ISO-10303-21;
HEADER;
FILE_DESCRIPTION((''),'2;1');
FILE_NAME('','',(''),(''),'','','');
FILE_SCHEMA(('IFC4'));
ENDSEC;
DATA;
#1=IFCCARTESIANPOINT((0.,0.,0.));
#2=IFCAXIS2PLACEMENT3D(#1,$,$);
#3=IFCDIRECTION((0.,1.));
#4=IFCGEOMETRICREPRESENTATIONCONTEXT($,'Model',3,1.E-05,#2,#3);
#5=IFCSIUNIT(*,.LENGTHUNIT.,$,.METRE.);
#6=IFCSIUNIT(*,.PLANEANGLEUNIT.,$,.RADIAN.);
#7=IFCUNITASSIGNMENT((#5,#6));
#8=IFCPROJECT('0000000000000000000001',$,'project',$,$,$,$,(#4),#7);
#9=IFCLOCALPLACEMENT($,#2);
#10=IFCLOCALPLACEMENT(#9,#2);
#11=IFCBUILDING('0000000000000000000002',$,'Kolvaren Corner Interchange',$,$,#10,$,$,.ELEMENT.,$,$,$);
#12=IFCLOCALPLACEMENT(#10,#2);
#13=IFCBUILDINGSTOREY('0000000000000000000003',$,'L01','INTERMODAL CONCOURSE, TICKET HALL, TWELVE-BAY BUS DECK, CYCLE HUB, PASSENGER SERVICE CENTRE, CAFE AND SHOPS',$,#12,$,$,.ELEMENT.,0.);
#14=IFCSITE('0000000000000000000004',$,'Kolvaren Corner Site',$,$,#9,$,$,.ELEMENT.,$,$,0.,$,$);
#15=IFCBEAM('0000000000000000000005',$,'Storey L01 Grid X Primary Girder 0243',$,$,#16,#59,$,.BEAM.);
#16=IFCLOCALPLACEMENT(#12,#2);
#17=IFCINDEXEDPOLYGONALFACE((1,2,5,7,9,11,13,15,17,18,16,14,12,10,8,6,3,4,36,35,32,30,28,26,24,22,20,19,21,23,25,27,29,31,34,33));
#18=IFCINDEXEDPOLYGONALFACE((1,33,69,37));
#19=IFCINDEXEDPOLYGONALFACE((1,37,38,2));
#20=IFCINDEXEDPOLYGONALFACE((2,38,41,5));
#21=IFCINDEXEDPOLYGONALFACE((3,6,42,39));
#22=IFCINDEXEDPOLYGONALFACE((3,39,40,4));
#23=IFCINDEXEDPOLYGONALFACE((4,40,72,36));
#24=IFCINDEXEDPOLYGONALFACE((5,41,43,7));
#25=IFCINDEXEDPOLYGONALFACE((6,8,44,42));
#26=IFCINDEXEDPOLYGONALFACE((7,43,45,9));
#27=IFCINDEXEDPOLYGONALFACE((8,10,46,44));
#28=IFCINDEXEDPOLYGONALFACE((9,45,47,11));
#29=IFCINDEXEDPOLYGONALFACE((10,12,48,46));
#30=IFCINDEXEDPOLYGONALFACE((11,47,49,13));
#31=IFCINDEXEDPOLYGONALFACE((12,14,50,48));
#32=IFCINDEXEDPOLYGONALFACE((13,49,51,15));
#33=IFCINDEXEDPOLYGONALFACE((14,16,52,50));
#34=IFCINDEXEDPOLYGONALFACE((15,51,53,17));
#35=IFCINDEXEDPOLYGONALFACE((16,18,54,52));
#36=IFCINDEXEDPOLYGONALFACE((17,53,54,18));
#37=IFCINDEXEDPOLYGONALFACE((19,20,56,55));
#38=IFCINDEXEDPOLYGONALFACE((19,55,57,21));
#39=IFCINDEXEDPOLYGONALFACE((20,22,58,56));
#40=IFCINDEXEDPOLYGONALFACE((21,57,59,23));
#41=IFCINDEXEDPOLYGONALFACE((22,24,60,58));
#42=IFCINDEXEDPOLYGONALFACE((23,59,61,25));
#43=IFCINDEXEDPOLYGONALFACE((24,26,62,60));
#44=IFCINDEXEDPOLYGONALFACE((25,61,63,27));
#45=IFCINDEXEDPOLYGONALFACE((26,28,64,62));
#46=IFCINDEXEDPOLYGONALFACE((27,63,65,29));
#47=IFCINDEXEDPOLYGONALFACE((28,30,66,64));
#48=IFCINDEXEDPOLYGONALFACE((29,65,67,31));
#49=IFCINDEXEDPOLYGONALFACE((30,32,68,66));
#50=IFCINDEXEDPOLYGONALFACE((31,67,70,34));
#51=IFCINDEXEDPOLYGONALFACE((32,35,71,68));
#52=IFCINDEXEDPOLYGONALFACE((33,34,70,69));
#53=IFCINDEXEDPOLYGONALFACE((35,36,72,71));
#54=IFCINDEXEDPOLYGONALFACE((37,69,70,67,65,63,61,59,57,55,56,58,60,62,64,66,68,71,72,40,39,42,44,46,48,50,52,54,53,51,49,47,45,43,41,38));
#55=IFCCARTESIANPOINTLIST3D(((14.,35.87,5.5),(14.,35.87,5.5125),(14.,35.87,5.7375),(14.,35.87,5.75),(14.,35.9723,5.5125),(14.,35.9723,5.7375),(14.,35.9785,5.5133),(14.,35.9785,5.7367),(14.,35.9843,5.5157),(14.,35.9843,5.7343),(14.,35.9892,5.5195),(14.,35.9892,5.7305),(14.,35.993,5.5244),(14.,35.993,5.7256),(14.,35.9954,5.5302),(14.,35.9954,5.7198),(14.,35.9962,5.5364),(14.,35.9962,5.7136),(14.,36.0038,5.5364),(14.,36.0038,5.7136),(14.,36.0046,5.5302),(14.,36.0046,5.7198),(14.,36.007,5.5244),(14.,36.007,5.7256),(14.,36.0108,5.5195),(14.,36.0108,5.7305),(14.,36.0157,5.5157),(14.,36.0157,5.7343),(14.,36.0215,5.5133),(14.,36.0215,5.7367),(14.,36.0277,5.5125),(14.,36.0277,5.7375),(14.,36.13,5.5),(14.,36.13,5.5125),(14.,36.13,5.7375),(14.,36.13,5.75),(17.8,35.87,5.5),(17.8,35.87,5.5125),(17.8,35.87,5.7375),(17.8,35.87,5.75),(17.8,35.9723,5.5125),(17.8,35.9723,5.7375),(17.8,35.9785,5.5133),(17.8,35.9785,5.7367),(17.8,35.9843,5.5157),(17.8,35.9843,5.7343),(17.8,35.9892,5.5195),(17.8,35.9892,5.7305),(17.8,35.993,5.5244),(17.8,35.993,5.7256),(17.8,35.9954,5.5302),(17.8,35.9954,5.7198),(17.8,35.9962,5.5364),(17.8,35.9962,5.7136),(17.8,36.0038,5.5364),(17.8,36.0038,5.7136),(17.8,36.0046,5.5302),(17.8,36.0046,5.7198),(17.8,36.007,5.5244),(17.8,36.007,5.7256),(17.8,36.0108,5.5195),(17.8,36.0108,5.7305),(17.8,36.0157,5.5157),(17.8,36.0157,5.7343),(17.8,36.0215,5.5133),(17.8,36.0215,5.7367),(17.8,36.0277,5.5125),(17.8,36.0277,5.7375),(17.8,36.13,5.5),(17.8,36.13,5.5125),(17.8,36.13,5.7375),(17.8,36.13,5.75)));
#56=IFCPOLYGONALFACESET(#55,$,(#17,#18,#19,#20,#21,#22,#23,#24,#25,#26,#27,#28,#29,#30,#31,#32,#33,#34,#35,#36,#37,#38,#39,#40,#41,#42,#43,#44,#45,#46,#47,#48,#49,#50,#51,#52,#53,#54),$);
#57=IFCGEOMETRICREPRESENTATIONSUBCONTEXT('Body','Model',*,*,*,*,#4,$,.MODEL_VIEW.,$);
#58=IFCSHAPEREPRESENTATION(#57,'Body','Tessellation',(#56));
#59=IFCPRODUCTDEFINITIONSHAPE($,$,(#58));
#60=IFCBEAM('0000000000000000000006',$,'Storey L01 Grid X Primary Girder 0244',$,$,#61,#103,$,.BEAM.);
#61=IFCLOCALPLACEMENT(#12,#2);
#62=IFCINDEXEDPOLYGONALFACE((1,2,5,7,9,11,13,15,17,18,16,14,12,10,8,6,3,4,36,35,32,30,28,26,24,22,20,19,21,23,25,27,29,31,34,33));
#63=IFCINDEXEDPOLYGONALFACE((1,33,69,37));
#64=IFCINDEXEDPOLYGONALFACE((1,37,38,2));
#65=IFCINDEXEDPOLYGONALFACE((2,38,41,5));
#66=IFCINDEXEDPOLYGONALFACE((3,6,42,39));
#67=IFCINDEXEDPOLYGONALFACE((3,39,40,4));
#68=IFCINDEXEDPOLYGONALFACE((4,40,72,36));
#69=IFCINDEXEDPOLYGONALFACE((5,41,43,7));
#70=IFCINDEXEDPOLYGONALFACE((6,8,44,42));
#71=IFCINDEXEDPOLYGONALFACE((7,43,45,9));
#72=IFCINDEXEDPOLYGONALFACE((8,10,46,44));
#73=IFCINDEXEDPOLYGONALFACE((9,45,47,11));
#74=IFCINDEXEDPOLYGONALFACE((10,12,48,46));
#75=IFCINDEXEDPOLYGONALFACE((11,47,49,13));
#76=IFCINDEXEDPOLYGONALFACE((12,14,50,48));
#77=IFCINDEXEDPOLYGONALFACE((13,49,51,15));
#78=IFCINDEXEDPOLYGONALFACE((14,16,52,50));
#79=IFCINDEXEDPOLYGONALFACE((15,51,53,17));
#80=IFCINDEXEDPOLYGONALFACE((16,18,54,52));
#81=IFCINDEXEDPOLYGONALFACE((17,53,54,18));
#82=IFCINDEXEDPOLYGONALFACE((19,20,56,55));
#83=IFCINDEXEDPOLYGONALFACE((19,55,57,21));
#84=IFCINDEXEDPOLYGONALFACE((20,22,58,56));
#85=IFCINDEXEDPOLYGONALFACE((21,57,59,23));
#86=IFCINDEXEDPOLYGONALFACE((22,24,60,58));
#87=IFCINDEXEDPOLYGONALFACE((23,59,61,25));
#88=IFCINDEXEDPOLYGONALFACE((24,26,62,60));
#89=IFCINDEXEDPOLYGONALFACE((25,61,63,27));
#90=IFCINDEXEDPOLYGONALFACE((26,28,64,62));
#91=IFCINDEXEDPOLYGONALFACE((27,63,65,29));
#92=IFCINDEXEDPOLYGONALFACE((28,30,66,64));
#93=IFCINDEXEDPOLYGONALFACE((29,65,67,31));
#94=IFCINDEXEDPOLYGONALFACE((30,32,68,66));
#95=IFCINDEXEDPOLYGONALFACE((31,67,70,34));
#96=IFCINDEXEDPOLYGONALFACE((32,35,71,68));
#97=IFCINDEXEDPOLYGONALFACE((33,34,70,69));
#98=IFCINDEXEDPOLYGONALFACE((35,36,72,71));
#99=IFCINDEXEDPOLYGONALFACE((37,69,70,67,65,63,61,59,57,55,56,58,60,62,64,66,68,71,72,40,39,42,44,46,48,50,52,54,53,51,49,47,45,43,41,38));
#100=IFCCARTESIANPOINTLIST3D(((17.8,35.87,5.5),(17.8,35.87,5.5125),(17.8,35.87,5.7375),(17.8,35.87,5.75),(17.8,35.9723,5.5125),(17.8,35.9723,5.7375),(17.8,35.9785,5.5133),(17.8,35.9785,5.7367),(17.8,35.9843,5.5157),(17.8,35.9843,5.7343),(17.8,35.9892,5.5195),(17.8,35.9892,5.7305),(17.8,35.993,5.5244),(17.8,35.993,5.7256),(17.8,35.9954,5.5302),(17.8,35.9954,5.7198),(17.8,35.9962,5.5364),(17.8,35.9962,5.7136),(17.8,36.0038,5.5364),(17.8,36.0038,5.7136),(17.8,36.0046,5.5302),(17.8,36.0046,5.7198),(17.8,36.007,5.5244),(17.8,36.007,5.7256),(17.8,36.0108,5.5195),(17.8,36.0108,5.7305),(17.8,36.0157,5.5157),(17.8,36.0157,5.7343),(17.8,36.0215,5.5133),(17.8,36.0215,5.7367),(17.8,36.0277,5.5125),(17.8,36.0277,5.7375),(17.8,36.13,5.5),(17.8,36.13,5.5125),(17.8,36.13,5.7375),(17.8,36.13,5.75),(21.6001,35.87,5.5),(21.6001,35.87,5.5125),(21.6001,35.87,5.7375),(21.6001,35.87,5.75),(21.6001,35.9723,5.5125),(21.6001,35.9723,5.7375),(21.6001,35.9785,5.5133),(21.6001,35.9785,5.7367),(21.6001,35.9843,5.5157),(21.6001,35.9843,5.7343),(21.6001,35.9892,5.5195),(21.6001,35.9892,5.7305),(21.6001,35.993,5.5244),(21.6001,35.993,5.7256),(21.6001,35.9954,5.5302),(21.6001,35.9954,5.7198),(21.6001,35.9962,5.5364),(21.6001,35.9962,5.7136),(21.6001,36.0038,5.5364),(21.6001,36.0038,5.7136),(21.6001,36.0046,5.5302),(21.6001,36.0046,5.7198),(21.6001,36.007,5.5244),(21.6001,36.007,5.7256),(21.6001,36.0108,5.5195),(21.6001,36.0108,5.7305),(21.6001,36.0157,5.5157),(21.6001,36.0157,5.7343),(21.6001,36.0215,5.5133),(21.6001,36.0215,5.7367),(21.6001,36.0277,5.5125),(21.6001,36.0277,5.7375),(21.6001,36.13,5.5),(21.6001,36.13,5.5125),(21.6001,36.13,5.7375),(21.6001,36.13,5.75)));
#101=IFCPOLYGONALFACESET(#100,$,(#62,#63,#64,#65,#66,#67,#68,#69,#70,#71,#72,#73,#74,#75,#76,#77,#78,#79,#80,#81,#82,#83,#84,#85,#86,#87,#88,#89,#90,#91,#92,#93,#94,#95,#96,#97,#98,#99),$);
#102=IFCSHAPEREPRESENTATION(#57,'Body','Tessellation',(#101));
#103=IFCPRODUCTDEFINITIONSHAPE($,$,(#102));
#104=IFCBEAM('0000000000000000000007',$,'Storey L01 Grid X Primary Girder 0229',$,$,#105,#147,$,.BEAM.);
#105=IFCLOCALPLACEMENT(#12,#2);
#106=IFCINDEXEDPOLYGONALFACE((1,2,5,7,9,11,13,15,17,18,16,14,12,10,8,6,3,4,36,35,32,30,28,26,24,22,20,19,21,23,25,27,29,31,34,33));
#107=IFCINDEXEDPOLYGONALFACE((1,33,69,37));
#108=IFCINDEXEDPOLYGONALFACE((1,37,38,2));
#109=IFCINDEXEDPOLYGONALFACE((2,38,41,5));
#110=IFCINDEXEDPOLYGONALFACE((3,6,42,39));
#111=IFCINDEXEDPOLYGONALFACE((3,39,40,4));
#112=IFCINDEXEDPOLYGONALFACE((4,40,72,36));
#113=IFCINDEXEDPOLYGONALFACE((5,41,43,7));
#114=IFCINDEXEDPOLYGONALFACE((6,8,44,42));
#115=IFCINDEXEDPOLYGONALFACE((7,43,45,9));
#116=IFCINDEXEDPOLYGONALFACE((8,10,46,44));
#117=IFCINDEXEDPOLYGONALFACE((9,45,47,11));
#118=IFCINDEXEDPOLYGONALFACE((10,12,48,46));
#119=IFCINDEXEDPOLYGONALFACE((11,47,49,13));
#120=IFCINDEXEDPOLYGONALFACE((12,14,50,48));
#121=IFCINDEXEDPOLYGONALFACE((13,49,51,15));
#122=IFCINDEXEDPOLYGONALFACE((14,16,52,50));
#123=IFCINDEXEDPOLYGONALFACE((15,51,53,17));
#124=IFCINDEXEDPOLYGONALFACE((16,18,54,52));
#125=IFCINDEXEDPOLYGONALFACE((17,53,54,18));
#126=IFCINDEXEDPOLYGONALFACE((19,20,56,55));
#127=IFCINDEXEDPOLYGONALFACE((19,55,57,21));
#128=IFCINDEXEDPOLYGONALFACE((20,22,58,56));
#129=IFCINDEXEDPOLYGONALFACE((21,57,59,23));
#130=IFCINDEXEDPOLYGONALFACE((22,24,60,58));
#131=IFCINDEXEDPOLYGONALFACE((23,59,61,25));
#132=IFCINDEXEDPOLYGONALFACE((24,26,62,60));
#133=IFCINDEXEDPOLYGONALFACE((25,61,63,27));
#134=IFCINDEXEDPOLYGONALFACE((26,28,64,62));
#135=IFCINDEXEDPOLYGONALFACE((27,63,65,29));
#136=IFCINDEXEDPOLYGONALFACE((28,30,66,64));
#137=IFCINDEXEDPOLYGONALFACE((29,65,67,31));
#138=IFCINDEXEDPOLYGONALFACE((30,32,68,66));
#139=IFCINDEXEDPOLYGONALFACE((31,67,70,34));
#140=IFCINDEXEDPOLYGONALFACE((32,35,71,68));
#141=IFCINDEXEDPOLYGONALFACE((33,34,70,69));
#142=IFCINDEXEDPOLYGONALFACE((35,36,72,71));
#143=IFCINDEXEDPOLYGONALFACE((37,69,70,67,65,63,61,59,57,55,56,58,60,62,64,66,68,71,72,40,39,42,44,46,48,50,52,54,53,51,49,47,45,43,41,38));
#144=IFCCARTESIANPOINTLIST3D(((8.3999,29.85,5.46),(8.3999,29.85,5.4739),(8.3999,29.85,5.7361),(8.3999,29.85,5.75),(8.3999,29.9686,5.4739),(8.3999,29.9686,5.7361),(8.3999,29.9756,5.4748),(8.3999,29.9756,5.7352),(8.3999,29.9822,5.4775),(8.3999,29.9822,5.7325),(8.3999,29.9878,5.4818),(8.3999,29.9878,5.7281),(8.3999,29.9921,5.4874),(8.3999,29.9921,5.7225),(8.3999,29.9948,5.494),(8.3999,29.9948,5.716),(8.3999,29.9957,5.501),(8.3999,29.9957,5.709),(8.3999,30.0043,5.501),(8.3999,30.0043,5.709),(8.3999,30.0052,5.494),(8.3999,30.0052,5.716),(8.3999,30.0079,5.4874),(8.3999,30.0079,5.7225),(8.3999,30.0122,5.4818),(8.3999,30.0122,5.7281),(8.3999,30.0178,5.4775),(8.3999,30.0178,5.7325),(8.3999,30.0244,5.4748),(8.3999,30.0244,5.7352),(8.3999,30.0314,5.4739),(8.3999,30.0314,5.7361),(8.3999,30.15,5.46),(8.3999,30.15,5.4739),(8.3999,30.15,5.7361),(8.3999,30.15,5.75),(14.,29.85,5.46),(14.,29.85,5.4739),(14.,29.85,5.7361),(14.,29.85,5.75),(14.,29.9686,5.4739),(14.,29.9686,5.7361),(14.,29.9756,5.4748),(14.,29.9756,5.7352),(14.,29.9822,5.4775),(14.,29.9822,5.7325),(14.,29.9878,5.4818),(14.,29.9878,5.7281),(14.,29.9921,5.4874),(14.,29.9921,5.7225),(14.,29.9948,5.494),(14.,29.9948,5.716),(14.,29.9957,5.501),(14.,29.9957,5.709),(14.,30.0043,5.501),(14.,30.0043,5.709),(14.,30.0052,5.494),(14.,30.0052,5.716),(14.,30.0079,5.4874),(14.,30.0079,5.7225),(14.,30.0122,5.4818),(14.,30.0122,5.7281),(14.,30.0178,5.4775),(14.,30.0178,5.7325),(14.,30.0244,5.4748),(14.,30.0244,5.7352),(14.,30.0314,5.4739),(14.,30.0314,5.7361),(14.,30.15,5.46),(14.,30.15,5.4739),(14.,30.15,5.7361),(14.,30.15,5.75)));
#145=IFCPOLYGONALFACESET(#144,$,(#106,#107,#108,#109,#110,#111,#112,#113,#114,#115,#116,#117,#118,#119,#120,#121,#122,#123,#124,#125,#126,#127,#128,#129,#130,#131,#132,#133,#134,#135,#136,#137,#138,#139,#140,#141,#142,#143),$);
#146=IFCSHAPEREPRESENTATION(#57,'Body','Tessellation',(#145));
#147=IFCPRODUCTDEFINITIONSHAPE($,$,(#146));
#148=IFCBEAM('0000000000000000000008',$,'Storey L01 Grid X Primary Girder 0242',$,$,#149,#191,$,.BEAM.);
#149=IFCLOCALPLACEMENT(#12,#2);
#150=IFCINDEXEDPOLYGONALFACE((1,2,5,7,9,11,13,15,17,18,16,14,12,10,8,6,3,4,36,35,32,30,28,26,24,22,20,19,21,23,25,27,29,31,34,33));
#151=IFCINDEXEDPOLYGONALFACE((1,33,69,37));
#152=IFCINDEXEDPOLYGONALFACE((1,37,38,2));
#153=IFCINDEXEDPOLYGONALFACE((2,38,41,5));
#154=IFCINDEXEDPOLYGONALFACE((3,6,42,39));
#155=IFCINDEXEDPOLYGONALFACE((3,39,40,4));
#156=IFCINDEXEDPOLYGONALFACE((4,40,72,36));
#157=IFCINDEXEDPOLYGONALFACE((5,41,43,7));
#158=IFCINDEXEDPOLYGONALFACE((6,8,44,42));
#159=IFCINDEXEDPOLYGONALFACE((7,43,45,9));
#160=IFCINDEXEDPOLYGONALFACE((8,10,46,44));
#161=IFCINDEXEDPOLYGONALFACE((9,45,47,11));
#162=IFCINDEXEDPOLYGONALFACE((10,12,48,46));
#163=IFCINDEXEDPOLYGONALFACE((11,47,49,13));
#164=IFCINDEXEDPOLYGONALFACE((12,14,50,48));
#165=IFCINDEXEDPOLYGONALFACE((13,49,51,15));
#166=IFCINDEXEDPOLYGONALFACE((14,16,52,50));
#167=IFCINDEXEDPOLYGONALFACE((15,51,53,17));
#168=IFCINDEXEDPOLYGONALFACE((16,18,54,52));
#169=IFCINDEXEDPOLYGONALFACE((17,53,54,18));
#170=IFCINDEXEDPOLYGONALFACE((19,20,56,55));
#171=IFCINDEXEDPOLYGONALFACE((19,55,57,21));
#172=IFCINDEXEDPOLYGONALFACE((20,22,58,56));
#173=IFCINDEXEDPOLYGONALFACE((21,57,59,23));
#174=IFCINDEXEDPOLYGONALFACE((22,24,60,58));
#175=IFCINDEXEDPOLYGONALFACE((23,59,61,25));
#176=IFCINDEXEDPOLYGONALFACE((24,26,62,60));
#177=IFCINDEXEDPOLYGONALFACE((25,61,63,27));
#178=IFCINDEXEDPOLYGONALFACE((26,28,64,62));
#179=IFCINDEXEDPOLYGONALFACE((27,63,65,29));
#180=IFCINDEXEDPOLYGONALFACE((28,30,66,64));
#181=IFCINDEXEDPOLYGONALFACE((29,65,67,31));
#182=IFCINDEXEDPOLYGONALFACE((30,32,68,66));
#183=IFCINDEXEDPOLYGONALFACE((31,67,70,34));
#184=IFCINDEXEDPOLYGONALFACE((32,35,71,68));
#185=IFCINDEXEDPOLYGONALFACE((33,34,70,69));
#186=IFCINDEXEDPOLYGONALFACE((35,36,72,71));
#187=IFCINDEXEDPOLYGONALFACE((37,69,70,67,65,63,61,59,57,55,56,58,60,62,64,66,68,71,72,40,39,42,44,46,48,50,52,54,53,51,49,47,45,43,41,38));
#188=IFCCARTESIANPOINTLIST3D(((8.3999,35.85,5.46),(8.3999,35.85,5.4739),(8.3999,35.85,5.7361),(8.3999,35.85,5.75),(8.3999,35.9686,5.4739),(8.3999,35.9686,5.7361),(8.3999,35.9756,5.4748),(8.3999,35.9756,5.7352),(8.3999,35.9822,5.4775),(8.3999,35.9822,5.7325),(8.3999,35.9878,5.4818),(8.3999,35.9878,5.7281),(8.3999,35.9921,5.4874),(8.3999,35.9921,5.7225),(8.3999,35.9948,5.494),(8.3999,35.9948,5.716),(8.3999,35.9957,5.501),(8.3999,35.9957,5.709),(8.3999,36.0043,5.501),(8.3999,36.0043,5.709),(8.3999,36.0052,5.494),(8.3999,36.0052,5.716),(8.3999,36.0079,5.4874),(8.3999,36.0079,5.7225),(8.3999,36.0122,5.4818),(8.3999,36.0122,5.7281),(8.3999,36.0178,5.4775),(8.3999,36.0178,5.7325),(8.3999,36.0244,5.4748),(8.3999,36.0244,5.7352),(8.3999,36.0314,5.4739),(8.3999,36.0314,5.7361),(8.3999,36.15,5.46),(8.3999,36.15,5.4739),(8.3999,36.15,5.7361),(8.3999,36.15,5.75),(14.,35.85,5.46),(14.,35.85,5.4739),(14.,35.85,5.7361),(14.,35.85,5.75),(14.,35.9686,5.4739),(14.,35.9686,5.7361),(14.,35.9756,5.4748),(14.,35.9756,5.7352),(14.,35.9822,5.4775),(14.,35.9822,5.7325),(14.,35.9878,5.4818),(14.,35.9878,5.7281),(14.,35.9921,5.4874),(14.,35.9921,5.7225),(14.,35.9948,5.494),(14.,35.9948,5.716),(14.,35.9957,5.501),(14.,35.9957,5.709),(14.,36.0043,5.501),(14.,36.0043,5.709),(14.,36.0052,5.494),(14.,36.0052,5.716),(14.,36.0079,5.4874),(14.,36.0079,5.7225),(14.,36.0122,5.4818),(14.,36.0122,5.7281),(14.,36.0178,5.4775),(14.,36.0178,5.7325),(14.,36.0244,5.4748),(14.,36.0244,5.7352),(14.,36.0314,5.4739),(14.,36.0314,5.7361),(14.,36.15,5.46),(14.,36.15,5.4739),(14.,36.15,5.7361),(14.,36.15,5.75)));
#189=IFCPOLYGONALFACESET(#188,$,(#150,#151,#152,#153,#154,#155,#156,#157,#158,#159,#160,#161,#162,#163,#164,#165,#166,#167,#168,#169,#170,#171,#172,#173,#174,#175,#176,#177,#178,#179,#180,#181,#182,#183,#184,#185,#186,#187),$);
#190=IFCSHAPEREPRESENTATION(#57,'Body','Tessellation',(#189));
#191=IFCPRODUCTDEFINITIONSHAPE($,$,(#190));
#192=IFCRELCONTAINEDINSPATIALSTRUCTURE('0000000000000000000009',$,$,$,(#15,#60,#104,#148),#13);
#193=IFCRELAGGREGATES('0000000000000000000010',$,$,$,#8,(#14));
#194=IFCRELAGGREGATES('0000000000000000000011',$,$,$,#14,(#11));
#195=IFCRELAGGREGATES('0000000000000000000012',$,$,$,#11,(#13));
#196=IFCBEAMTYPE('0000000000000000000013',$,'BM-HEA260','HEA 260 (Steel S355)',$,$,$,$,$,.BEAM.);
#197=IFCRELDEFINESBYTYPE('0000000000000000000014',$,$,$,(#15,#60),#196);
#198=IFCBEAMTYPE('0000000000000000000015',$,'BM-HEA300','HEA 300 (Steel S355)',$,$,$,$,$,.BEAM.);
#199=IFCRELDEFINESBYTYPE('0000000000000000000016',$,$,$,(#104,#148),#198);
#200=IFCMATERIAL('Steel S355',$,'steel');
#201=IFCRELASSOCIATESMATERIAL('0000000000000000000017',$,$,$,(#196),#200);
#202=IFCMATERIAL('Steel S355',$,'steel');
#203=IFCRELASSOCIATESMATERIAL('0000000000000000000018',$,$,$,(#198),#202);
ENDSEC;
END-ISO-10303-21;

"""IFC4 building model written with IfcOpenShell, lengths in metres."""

from ifc_helpers import new_model, si_unit, direction, frame, origin, origin_2d, place, context, subcontext, project, spatial, i_section, extrude, material, material_profile, profile_set, type_object, element, save


model = new_model("IFC4")

# Units and contexts
model_context = context("Model", 3, precision=1e-05, world=origin(), true_north=direction((0.0, 1.0)))
body_context = subcontext(model_context, "Body", "Model", "MODEL_VIEW")
ifc_project = project(units=[si_unit("LENGTHUNIT", "METRE"), si_unit("PLANEANGLEUNIT", "RADIAN")], contexts=[model_context])

# Site, building, storey
site_placement = place(None, origin())
site = spatial("IfcSite", under=ifc_project, at=site_placement, Name="Kolvaren Corner Site", CompositionType="ELEMENT", RefElevation=0.0)
building_placement = place(site_placement, origin())
building = spatial("IfcBuilding", under=site, at=building_placement, Name="Kolvaren Corner Interchange", CompositionType="ELEMENT")
storey_placement = place(building_placement, origin())
storey = spatial("IfcBuildingStorey", under=building, at=storey_placement, Name="L01", Description="INTERMODAL CONCOURSE, TICKET HALL, TWELVE-BAY BUS DECK, CYCLE HUB, PASSENGER SERVICE CENTRE, CAFE AND SHOPS", CompositionType="ELEMENT", Elevation=0.0)

# Beams
ifc_material_1 = material(Name="Steel S355", Category="steel")
ifc_material_profile_1 = material_profile(ifc_material_1, i_section(OverallWidth=0.26, OverallDepth=0.25, WebThickness=0.0076, FlangeThickness=0.0125, FilletRadius=0.0239, at=origin_2d()), Name="HEA 260")
ifc_profile_set_1 = profile_set([ifc_material_profile_1], Name="Steel S355")
beam_type_1 = type_object("IfcBeamType", Name="BM-HEA260", Description="HEA 260 (Steel S355)", PredefinedType="BEAM", material=ifc_profile_set_1)
for number, where, z_axis, x_axis, name in (
    (1, (14.0, 36.0, 5.625), (1.0, 0.0, 0.0), (0.0, 1.0, 0.0), "Storey L01 Grid X Primary Girder 0243"),
    (2, (17.8, 36.0, 5.625), (1.0, 0.0, 0.0), (0.0, 1.0, 0.0), "Storey L01 Grid X Primary Girder 0244"),
):
    element("IfcBeam", number, at=place(storey_placement, frame(where, z_axis=z_axis, x_axis=x_axis)), inside=storey, type_object=beam_type_1, Name=name, PredefinedType="BEAM", context=body_context, shape_type="SweptSolid", body=[
        extrude(i_section(OverallWidth=0.26, OverallDepth=0.25, WebThickness=0.0076, FlangeThickness=0.0125, FilletRadius=0.0239, at=origin_2d()), origin(), (0.0, 0.0, 1.0), 3.8),
    ])
ifc_material_2 = material(Name="Steel S355", Category="steel")
ifc_material_profile_2 = material_profile(ifc_material_2, i_section(OverallWidth=0.3, OverallDepth=0.29, WebThickness=0.0085, FlangeThickness=0.0139, FilletRadius=0.0271, at=origin_2d()), Name="HEA 300")
ifc_profile_set_2 = profile_set([ifc_material_profile_2], Name="Steel S355")
beam_type_2 = type_object("IfcBeamType", Name="BM-HEA300", Description="HEA 300 (Steel S355)", PredefinedType="BEAM", material=ifc_profile_set_2)
for number, where, z_axis, x_axis, name in (
    (3, (8.3999, 30.0, 5.605), (1.0, 0.0, 0.0), (0.0, 1.0, 0.0), "Storey L01 Grid X Primary Girder 0229"),
    (4, (8.3999, 36.0, 5.605), (1.0, 0.0, 0.0), (0.0, 1.0, 0.0), "Storey L01 Grid X Primary Girder 0242"),
):
    element("IfcBeam", number, at=place(storey_placement, frame(where, z_axis=z_axis, x_axis=x_axis)), inside=storey, type_object=beam_type_2, Name=name, PredefinedType="BEAM", context=body_context, shape_type="SweptSolid", body=[
        extrude(i_section(OverallWidth=0.3, OverallDepth=0.29, WebThickness=0.0085, FlangeThickness=0.0139, FilletRadius=0.0271, at=origin_2d()), origin(), (0.0, 0.0, 1.0), 5.6001),
    ])

save(model, "model.ifc")
